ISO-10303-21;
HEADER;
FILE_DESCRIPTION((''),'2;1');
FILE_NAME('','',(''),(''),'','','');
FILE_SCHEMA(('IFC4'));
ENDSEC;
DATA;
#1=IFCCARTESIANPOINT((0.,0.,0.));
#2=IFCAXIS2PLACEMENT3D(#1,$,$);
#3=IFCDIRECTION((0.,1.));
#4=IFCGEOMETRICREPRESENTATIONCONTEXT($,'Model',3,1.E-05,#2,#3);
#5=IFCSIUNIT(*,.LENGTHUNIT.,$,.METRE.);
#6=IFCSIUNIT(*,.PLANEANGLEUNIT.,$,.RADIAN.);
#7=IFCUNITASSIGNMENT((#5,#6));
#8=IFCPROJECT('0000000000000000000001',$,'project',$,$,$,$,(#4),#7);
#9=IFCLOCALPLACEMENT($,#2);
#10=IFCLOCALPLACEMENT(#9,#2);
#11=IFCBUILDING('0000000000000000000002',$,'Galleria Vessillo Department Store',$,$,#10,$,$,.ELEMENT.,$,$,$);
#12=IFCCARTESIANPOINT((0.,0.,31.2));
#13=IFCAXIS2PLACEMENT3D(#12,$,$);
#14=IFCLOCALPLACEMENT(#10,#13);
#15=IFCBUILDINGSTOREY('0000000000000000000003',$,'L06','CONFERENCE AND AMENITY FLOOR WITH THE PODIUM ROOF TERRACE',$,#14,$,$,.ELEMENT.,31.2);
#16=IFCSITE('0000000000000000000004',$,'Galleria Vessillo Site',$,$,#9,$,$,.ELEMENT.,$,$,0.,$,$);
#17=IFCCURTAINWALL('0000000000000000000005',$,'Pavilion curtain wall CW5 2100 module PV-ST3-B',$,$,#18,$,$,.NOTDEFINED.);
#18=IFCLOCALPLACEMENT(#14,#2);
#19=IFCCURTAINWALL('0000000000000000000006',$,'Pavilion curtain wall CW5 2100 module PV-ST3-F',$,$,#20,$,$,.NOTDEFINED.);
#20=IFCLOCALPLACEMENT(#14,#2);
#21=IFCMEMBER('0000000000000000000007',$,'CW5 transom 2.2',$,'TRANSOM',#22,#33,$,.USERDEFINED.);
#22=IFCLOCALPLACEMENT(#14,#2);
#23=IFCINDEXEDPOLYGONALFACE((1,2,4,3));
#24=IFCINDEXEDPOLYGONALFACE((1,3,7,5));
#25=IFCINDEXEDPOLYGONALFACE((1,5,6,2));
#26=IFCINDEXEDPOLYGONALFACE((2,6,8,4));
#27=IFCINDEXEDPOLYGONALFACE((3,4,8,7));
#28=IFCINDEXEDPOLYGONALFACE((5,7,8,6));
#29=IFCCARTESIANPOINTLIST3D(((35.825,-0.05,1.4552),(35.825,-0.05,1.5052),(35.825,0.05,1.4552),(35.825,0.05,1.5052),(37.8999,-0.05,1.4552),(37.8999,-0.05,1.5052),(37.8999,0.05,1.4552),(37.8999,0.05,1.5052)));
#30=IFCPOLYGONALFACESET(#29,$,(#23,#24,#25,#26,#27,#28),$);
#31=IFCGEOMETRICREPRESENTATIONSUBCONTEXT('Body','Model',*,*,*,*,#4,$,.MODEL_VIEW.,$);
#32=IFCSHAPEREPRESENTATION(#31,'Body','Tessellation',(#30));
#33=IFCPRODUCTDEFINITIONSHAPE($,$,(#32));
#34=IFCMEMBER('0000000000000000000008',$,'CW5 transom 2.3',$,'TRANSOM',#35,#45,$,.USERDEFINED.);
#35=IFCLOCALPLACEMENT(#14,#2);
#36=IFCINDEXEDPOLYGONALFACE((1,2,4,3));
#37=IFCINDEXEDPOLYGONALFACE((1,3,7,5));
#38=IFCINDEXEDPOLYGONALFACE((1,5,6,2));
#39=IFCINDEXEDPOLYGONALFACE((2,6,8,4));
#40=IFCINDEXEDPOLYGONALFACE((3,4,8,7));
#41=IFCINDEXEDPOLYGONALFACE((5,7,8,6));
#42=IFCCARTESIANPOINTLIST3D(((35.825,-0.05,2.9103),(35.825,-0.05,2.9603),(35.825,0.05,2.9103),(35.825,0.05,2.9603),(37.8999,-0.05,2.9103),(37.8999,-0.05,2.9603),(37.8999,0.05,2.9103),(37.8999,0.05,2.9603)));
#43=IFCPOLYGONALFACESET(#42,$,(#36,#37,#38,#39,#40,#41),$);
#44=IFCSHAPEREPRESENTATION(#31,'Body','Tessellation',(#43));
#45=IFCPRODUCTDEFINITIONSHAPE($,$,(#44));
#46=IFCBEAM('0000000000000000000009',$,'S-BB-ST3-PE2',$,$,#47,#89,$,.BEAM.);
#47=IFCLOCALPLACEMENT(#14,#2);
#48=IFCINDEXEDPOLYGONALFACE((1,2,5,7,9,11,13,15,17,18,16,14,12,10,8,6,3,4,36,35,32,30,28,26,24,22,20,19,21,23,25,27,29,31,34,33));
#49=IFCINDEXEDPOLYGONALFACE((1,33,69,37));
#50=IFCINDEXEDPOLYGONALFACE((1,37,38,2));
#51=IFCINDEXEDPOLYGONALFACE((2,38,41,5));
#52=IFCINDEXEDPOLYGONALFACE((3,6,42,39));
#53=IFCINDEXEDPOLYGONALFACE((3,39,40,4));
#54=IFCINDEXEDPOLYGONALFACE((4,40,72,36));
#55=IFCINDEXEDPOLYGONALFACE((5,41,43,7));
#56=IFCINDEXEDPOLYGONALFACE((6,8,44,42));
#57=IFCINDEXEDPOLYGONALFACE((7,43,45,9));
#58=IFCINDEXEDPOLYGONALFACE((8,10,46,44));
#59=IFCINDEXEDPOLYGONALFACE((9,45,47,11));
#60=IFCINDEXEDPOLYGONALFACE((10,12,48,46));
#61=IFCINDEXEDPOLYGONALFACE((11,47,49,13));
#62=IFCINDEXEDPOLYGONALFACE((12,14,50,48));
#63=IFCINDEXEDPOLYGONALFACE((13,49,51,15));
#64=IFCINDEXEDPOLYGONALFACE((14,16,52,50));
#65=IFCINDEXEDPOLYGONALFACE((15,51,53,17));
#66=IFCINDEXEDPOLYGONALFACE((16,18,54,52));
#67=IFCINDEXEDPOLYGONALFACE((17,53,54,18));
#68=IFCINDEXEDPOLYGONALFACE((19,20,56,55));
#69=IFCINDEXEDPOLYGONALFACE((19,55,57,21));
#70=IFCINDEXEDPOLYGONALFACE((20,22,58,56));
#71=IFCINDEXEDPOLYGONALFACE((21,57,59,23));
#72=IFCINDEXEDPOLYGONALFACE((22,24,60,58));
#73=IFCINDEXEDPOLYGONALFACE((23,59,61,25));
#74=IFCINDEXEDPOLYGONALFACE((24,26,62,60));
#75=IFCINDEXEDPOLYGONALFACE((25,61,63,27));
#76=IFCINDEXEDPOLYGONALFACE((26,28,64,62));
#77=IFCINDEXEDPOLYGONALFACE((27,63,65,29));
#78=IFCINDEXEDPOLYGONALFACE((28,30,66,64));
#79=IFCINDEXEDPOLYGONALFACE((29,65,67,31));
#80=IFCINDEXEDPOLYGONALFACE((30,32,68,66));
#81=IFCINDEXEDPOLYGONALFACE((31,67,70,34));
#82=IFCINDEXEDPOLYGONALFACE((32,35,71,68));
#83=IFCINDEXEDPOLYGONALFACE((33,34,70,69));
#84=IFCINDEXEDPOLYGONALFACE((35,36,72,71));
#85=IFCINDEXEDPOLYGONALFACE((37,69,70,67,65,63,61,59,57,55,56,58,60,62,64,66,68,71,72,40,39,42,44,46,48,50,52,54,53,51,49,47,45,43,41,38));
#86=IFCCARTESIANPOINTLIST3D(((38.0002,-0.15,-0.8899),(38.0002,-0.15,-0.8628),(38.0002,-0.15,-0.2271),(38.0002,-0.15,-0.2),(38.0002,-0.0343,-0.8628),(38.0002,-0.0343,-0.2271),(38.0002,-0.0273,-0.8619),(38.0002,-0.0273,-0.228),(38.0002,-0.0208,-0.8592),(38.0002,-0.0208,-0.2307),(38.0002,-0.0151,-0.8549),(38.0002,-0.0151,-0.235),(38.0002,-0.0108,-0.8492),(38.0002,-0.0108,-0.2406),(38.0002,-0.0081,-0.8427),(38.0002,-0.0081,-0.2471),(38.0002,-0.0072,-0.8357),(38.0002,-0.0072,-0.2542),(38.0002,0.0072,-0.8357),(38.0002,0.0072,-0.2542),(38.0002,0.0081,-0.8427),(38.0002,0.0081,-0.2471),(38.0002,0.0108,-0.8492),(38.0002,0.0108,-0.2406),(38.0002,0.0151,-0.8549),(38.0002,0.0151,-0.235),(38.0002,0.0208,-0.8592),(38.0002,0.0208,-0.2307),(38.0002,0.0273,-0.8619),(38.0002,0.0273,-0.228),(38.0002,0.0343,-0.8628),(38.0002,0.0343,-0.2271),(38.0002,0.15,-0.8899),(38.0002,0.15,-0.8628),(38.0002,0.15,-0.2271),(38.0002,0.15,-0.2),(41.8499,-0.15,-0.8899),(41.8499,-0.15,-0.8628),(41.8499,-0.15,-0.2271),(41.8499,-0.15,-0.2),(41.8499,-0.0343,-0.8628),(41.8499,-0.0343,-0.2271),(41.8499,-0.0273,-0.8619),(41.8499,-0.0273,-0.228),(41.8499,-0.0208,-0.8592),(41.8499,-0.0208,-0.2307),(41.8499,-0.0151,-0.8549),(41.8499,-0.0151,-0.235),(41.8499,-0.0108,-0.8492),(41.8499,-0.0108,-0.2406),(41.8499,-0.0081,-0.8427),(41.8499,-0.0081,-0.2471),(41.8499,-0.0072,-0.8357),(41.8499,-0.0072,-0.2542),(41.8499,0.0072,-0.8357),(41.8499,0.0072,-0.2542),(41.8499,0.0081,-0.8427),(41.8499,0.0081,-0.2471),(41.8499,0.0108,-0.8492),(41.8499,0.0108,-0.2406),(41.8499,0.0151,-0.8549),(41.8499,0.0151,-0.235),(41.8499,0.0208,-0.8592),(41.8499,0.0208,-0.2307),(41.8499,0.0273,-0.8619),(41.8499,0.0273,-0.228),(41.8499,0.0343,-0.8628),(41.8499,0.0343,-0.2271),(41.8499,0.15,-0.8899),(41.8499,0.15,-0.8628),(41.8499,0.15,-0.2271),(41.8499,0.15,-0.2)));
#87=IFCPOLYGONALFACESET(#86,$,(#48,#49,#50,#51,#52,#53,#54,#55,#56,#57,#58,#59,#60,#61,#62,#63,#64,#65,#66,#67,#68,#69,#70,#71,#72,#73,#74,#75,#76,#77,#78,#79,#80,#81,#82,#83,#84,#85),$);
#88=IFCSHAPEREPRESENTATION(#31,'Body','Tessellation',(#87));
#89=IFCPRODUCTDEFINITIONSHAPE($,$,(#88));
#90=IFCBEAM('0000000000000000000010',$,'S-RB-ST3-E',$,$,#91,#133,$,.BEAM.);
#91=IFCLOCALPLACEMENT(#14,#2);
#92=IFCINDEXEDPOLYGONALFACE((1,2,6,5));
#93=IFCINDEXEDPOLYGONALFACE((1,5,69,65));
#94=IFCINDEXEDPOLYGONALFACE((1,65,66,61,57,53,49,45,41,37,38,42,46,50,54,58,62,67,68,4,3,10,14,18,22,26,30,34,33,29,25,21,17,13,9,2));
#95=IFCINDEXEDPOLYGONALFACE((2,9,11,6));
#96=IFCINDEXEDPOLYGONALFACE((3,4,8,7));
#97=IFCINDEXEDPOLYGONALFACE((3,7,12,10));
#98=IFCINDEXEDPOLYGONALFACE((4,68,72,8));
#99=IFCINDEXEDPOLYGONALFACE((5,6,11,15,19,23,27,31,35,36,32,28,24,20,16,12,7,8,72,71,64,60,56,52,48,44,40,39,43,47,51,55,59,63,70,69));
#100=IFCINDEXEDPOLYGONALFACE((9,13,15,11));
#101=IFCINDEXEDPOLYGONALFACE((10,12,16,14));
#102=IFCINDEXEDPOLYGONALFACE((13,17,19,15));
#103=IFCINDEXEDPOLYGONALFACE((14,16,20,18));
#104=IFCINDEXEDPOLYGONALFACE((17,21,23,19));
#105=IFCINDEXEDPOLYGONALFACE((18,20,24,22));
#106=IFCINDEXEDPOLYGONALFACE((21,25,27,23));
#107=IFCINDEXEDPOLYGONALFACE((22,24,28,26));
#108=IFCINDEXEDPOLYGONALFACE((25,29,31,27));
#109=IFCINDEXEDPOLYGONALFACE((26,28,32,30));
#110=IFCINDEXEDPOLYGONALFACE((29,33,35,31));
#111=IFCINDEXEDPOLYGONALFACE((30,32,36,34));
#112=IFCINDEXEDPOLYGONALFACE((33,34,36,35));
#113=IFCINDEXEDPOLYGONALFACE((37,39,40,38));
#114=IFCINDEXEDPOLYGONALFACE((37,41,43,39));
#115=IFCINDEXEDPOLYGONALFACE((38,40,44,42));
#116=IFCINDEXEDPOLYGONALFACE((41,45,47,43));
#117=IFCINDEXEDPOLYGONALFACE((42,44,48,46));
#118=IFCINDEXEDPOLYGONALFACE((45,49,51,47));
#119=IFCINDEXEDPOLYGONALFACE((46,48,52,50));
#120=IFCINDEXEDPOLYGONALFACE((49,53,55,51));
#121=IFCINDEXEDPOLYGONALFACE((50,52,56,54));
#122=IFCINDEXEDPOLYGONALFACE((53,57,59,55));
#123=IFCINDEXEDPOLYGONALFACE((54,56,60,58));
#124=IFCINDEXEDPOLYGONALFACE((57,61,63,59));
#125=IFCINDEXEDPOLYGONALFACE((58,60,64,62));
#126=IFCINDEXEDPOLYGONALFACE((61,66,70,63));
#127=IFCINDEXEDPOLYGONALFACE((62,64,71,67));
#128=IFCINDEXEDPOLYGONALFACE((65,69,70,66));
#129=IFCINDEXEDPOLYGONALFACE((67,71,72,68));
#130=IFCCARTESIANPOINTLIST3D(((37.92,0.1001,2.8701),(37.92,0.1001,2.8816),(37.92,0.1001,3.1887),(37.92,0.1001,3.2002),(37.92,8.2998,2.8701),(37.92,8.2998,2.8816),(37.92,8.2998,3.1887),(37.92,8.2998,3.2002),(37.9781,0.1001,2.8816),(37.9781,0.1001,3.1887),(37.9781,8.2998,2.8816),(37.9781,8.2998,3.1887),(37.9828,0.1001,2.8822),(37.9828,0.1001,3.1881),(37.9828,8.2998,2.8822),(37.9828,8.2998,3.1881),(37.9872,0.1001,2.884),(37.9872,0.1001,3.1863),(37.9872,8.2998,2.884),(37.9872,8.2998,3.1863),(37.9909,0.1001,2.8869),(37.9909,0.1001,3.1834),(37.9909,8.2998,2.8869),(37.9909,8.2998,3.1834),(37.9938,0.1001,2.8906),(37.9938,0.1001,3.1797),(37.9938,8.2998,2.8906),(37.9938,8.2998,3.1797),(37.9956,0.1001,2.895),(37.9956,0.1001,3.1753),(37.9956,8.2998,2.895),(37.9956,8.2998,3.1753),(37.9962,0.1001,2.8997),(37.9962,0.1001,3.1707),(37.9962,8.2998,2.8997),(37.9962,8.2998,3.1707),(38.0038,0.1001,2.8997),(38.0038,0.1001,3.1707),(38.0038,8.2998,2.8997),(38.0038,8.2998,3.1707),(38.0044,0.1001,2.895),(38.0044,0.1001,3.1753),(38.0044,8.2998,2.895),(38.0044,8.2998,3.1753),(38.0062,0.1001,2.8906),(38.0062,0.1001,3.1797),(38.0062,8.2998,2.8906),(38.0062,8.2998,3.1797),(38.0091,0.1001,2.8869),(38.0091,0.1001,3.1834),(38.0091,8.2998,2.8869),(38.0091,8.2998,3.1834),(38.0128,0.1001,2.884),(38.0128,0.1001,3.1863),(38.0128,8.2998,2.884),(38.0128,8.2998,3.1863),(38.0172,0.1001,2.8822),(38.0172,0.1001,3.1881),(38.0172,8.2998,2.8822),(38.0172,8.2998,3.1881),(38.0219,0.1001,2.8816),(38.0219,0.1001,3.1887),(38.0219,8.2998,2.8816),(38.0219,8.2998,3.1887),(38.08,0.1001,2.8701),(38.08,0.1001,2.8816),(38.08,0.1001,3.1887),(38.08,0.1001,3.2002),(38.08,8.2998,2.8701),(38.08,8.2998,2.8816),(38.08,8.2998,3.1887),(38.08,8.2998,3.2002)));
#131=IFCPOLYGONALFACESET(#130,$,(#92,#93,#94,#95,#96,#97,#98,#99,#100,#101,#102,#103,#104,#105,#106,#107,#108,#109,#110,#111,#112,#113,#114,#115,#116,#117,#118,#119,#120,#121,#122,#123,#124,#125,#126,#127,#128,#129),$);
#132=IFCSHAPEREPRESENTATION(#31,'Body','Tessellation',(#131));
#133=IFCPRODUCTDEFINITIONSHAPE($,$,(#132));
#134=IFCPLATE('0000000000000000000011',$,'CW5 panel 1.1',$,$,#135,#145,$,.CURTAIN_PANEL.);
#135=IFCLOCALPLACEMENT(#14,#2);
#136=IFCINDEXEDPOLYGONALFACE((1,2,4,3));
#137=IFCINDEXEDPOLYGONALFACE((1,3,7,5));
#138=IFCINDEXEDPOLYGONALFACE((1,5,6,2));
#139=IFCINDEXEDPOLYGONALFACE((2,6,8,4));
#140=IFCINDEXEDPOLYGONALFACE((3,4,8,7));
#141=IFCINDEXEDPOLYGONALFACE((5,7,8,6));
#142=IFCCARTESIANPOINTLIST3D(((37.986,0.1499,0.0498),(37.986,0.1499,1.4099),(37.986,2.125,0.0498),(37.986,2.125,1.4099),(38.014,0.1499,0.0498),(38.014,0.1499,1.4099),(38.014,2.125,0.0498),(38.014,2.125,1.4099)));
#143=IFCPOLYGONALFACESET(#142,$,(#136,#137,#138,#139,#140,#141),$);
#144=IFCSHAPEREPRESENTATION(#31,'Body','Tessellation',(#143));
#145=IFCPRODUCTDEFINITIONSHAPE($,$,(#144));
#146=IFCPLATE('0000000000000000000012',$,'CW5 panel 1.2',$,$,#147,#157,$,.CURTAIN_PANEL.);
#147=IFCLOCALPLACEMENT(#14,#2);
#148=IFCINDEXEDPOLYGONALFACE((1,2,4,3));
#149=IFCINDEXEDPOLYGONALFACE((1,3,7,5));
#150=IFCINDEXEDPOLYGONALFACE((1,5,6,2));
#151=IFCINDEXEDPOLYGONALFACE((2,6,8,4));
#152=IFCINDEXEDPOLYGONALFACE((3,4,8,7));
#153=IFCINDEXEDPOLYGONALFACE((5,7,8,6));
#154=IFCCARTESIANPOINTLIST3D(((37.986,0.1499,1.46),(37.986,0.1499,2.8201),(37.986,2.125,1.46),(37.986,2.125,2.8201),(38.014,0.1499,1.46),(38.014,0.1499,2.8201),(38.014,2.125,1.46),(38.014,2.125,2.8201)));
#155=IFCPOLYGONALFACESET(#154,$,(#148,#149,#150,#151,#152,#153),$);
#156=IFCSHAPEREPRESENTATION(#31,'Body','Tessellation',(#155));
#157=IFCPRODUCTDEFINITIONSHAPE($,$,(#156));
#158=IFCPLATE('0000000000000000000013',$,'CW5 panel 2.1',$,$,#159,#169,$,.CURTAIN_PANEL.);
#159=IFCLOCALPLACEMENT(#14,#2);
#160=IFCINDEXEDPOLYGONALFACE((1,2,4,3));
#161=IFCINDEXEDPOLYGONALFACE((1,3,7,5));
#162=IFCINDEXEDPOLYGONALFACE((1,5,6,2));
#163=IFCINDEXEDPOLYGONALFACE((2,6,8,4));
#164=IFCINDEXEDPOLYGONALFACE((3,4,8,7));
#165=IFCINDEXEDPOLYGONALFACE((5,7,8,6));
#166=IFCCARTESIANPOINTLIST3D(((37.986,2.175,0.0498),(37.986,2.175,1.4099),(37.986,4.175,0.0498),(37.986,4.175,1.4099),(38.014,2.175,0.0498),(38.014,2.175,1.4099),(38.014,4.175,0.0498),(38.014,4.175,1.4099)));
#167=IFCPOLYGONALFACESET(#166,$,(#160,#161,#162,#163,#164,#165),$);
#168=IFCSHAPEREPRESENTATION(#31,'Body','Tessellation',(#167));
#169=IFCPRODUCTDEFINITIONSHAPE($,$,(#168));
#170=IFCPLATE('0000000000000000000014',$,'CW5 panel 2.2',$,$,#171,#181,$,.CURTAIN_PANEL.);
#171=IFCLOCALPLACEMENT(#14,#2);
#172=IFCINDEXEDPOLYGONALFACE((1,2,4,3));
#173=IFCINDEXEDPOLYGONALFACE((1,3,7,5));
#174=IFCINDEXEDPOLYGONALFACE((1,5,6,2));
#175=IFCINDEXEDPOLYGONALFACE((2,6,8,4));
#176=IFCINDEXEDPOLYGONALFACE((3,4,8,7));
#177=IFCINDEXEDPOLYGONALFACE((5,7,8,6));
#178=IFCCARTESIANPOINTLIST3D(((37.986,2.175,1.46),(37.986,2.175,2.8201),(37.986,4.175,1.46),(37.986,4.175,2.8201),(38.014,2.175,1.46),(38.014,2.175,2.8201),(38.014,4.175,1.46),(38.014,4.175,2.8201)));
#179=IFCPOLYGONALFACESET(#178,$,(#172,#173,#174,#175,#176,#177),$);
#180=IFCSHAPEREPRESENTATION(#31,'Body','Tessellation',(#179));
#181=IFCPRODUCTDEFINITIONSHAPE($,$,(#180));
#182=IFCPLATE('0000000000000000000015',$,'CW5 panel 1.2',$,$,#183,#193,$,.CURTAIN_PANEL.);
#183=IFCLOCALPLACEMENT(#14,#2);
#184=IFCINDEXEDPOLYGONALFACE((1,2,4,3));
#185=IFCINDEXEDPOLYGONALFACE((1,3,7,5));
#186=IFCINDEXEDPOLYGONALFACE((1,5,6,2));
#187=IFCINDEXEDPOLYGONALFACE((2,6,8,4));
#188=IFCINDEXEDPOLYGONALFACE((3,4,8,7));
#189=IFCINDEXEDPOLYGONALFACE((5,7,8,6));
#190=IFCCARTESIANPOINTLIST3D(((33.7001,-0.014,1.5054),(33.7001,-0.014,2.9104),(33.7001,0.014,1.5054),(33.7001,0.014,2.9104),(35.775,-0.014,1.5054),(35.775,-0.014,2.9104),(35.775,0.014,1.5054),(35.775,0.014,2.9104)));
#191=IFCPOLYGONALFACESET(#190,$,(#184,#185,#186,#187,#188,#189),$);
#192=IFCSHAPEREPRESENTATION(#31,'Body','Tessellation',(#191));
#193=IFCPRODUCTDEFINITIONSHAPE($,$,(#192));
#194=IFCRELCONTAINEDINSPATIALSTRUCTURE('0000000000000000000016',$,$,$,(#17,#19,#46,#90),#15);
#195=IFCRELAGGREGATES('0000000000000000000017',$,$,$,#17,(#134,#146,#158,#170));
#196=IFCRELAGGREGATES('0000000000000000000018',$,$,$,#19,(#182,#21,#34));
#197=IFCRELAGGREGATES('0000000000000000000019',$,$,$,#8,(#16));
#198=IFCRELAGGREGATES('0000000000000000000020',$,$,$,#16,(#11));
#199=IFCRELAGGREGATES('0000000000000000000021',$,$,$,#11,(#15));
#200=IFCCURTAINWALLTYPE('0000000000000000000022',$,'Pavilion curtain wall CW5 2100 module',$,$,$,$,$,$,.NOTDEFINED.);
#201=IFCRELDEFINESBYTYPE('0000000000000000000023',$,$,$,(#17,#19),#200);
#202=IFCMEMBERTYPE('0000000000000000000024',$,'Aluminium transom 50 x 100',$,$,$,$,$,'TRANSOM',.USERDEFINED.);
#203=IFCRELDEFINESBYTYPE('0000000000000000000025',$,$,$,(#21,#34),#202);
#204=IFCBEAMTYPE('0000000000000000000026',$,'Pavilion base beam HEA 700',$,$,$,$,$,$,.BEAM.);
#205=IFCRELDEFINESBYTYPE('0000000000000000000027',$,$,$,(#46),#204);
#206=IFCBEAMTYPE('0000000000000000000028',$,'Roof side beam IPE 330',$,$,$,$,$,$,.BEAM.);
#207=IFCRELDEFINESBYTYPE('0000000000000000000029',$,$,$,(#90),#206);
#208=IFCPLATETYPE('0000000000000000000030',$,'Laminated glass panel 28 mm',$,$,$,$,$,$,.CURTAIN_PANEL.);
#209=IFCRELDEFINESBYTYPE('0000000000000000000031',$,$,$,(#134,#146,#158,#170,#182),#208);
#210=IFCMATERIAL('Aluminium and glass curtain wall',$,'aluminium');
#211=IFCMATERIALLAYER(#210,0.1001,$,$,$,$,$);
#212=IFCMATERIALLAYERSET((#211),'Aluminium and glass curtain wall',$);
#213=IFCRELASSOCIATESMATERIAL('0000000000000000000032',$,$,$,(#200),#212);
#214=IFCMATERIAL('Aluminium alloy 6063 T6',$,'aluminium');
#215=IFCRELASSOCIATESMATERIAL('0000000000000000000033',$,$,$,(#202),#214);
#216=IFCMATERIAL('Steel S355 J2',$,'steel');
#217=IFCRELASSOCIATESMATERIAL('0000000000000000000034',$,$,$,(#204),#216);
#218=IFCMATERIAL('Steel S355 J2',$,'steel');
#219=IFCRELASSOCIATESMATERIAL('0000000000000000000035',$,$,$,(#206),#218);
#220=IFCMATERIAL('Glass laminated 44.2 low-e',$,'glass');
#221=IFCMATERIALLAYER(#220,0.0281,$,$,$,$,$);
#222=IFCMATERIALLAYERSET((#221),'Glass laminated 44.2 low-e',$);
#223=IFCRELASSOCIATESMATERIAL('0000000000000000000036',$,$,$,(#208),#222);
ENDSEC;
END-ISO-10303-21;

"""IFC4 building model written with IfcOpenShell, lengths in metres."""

from ifc_helpers import new_model, si_unit, direction, frame, origin, origin_2d, place, context, subcontext, project, spatial, rectangle, i_section, extrude, material, layer, layer_set, material_profile, profile_set, type_object, element, aggregate, save


model = new_model("IFC4")

# Units and contexts
model_context = context("Model", 3, precision=1e-05, world=origin(), true_north=direction((0.0, 1.0)))
body_context = subcontext(model_context, "Body", "Model", "MODEL_VIEW")
ifc_project = project(units=[si_unit("LENGTHUNIT", "METRE"), si_unit("PLANEANGLEUNIT", "RADIAN")], contexts=[model_context])

# Site, building, storey
site_placement = place(None, origin())
site = spatial("IfcSite", under=ifc_project, at=site_placement, Name="Galleria Vessillo Site", CompositionType="ELEMENT", RefElevation=0.0)
building_placement = place(site_placement, origin())
building = spatial("IfcBuilding", under=site, at=building_placement, Name="Galleria Vessillo Department Store", CompositionType="ELEMENT")
storey_placement = place(building_placement, frame((0.0, 0.0, 31.2)))
storey = spatial("IfcBuildingStorey", under=building, at=storey_placement, Name="L06", Description="CONFERENCE AND AMENITY FLOOR WITH THE PODIUM ROOF TERRACE", CompositionType="ELEMENT", Elevation=31.2)

# Curtain walls
ifc_material_1 = material(Name="Aluminium and glass curtain wall", Category="aluminium")
ifc_layer_1 = layer(ifc_material_1, 0.1001)
ifc_layer_set_1 = layer_set([ifc_layer_1], Name="Aluminium and glass curtain wall")
curtain_wall_type = type_object("IfcCurtainWallType", Name="Pavilion curtain wall CW5 2100 module", PredefinedType="NOTDEFINED", material=ifc_layer_set_1)
curtain_wall_1_placement = place(storey_placement, origin())
curtain_wall_1 = element("IfcCurtainWall", 1, at=curtain_wall_1_placement, inside=storey, type_object=curtain_wall_type, Name="Pavilion curtain wall CW5 2100 module PV-ST3-B", PredefinedType="NOTDEFINED")
curtain_wall_2_placement = place(storey_placement, origin())
curtain_wall_2 = element("IfcCurtainWall", 2, at=curtain_wall_2_placement, inside=storey, type_object=curtain_wall_type, Name="Pavilion curtain wall CW5 2100 module PV-ST3-F", PredefinedType="NOTDEFINED")

# Members
ifc_material_2 = material(Name="Aluminium alloy 6063 T6", Category="aluminium")
ifc_material_profile_1 = material_profile(ifc_material_2, rectangle(XDim=0.1001, YDim=0.05, at=origin_2d()), Name="AL 50x100")
ifc_profile_set_1 = profile_set([ifc_material_profile_1], Name="Aluminium alloy 6063 T6")
member_type_1 = type_object("IfcMemberType", Name="Aluminium transom 50 x 100", ElementType="TRANSOM", PredefinedType="USERDEFINED", material=ifc_profile_set_1)
member_1_placement = place(storey_placement, frame((35.825, 0.0, 1.4802), z_axis=(1.0, 0.0, 0.0), x_axis=(0.0, 1.0, 0.0)))
member_1 = element("IfcMember", 3, at=member_1_placement, type_object=member_type_1, Name="CW5 transom 2.2", ObjectType="TRANSOM", PredefinedType="USERDEFINED", context=body_context, shape_type="SweptSolid", body=[
    extrude(rectangle(XDim=0.1001, YDim=0.05, at=origin_2d()), origin(), (0.0, 0.0, 1.0), 2.075),
])
member_2_placement = place(storey_placement, frame((35.825, 0.0, 2.9353), z_axis=(1.0, 0.0, 0.0), x_axis=(0.0, 1.0, 0.0)))
member_2 = element("IfcMember", 4, at=member_2_placement, type_object=member_type_1, Name="CW5 transom 2.3", ObjectType="TRANSOM", PredefinedType="USERDEFINED", context=body_context, shape_type="SweptSolid", body=[
    extrude(rectangle(XDim=0.1001, YDim=0.05, at=origin_2d()), origin(), (0.0, 0.0, 1.0), 2.075),
])

# Beams
ifc_material_3 = material(Name="Steel S355 J2", Category="steel")
ifc_material_profile_2 = material_profile(ifc_material_3, i_section(OverallWidth=0.3, OverallDepth=0.6899, WebThickness=0.0144, FlangeThickness=0.0271, FilletRadius=0.0271, at=origin_2d()), Name="HEA 700")
ifc_profile_set_2 = profile_set([ifc_material_profile_2], Name="Steel S355 J2")
beam_type_1 = type_object("IfcBeamType", Name="Pavilion base beam HEA 700", PredefinedType="BEAM", material=ifc_profile_set_2)
beam_1_placement = place(storey_placement, frame((38.0002, 0.0, -0.5449), z_axis=(1.0, 0.0, 0.0), x_axis=(0.0, 1.0, 0.0)))
element("IfcBeam", 5, at=beam_1_placement, inside=storey, type_object=beam_type_1, Name="S-BB-ST3-PE2", PredefinedType="BEAM", context=body_context, shape_type="SweptSolid", body=[
    extrude(i_section(OverallWidth=0.3, OverallDepth=0.6899, WebThickness=0.0144, FlangeThickness=0.0271, FilletRadius=0.0271, at=origin_2d()), origin(), (0.0, 0.0, 1.0), 3.8496),
])
ifc_material_4 = material(Name="Steel S355 J2", Category="steel")
ifc_material_profile_3 = material_profile(ifc_material_4, i_section(OverallWidth=0.1599, OverallDepth=0.3301, WebThickness=0.0076, FlangeThickness=0.0115, FilletRadius=0.0181, at=origin_2d()), Name="IPE 330")
ifc_profile_set_3 = profile_set([ifc_material_profile_3], Name="Steel S355 J2")
beam_type_2 = type_object("IfcBeamType", Name="Roof side beam IPE 330", PredefinedType="BEAM", material=ifc_profile_set_3)
beam_2_placement = place(storey_placement, frame((38.0, 0.1001, 3.0352), z_axis=(0.0, 1.0, 0.0), x_axis=(-1.0, 0.0, 0.0)))
element("IfcBeam", 6, at=beam_2_placement, inside=storey, type_object=beam_type_2, Name="S-RB-ST3-E", PredefinedType="BEAM", context=body_context, shape_type="SweptSolid", body=[
    extrude(i_section(OverallWidth=0.1599, OverallDepth=0.3301, WebThickness=0.0076, FlangeThickness=0.0115, FilletRadius=0.0181, at=origin_2d()), origin(), (0.0, 0.0, 1.0), 8.1997),
])

# Plates
ifc_material_5 = material(Name="Glass laminated 44.2 low-e", Category="glass")
ifc_layer_2 = layer(ifc_material_5, 0.0281)
ifc_layer_set_2 = layer_set([ifc_layer_2], Name="Glass laminated 44.2 low-e")
plate_type = type_object("IfcPlateType", Name="Laminated glass panel 28 mm", PredefinedType="CURTAIN_PANEL", material=ifc_layer_set_2)
plate_1_placement = place(storey_placement, frame((38.0, 1.1375, 0.0498), z_axis=(0.0, 0.0, 1.0), x_axis=(0.0, 1.0, 0.0)))
plate_1 = element("IfcPlate", 7, at=plate_1_placement, type_object=plate_type, Name="CW5 panel 1.1", PredefinedType="CURTAIN_PANEL", context=body_context, shape_type="SweptSolid", body=[
    extrude(rectangle(XDim=1.9751, YDim=0.0281, at=origin_2d()), origin(), (0.0, 0.0, 1.0), 1.3601),
])
plate_2_placement = place(storey_placement, frame((38.0, 1.1375, 1.46), z_axis=(0.0, 0.0, 1.0), x_axis=(0.0, 1.0, 0.0)))
plate_2 = element("IfcPlate", 8, at=plate_2_placement, type_object=plate_type, Name="CW5 panel 1.2", PredefinedType="CURTAIN_PANEL", context=body_context, shape_type="SweptSolid", body=[
    extrude(rectangle(XDim=1.9751, YDim=0.0281, at=origin_2d()), origin(), (0.0, 0.0, 1.0), 1.3601),
])
plate_3_placement = place(storey_placement, frame((38.0, 3.175, 0.0498), z_axis=(0.0, 0.0, 1.0), x_axis=(0.0, 1.0, 0.0)))
plate_3 = element("IfcPlate", 9, at=plate_3_placement, type_object=plate_type, Name="CW5 panel 2.1", PredefinedType="CURTAIN_PANEL", context=body_context, shape_type="SweptSolid", body=[
    extrude(rectangle(XDim=2.0, YDim=0.0281, at=origin_2d()), origin(), (0.0, 0.0, 1.0), 1.3601),
])
plate_4_placement = place(storey_placement, frame((38.0, 3.175, 1.46), z_axis=(0.0, 0.0, 1.0), x_axis=(0.0, 1.0, 0.0)))
plate_4 = element("IfcPlate", 10, at=plate_4_placement, type_object=plate_type, Name="CW5 panel 2.2", PredefinedType="CURTAIN_PANEL", context=body_context, shape_type="SweptSolid", body=[
    extrude(rectangle(XDim=2.0, YDim=0.0281, at=origin_2d()), origin(), (0.0, 0.0, 1.0), 1.3601),
])
aggregate(curtain_wall_1, [plate_1, plate_2, plate_3, plate_4])
plate_5_placement = place(storey_placement, frame((34.7375, 0.0, 1.5054), z_axis=(0.0, 0.0, 1.0), x_axis=(1.0, 0.0, 0.0)))
plate_5 = element("IfcPlate", 11, at=plate_5_placement, type_object=plate_type, Name="CW5 panel 1.2", PredefinedType="CURTAIN_PANEL", context=body_context, shape_type="SweptSolid", body=[
    extrude(rectangle(XDim=2.075, YDim=0.0281, at=origin_2d()), origin(), (0.0, 0.0, 1.0), 1.405),
])
aggregate(curtain_wall_2, [plate_5, member_1, member_2])

save(model, "model.ifc")
